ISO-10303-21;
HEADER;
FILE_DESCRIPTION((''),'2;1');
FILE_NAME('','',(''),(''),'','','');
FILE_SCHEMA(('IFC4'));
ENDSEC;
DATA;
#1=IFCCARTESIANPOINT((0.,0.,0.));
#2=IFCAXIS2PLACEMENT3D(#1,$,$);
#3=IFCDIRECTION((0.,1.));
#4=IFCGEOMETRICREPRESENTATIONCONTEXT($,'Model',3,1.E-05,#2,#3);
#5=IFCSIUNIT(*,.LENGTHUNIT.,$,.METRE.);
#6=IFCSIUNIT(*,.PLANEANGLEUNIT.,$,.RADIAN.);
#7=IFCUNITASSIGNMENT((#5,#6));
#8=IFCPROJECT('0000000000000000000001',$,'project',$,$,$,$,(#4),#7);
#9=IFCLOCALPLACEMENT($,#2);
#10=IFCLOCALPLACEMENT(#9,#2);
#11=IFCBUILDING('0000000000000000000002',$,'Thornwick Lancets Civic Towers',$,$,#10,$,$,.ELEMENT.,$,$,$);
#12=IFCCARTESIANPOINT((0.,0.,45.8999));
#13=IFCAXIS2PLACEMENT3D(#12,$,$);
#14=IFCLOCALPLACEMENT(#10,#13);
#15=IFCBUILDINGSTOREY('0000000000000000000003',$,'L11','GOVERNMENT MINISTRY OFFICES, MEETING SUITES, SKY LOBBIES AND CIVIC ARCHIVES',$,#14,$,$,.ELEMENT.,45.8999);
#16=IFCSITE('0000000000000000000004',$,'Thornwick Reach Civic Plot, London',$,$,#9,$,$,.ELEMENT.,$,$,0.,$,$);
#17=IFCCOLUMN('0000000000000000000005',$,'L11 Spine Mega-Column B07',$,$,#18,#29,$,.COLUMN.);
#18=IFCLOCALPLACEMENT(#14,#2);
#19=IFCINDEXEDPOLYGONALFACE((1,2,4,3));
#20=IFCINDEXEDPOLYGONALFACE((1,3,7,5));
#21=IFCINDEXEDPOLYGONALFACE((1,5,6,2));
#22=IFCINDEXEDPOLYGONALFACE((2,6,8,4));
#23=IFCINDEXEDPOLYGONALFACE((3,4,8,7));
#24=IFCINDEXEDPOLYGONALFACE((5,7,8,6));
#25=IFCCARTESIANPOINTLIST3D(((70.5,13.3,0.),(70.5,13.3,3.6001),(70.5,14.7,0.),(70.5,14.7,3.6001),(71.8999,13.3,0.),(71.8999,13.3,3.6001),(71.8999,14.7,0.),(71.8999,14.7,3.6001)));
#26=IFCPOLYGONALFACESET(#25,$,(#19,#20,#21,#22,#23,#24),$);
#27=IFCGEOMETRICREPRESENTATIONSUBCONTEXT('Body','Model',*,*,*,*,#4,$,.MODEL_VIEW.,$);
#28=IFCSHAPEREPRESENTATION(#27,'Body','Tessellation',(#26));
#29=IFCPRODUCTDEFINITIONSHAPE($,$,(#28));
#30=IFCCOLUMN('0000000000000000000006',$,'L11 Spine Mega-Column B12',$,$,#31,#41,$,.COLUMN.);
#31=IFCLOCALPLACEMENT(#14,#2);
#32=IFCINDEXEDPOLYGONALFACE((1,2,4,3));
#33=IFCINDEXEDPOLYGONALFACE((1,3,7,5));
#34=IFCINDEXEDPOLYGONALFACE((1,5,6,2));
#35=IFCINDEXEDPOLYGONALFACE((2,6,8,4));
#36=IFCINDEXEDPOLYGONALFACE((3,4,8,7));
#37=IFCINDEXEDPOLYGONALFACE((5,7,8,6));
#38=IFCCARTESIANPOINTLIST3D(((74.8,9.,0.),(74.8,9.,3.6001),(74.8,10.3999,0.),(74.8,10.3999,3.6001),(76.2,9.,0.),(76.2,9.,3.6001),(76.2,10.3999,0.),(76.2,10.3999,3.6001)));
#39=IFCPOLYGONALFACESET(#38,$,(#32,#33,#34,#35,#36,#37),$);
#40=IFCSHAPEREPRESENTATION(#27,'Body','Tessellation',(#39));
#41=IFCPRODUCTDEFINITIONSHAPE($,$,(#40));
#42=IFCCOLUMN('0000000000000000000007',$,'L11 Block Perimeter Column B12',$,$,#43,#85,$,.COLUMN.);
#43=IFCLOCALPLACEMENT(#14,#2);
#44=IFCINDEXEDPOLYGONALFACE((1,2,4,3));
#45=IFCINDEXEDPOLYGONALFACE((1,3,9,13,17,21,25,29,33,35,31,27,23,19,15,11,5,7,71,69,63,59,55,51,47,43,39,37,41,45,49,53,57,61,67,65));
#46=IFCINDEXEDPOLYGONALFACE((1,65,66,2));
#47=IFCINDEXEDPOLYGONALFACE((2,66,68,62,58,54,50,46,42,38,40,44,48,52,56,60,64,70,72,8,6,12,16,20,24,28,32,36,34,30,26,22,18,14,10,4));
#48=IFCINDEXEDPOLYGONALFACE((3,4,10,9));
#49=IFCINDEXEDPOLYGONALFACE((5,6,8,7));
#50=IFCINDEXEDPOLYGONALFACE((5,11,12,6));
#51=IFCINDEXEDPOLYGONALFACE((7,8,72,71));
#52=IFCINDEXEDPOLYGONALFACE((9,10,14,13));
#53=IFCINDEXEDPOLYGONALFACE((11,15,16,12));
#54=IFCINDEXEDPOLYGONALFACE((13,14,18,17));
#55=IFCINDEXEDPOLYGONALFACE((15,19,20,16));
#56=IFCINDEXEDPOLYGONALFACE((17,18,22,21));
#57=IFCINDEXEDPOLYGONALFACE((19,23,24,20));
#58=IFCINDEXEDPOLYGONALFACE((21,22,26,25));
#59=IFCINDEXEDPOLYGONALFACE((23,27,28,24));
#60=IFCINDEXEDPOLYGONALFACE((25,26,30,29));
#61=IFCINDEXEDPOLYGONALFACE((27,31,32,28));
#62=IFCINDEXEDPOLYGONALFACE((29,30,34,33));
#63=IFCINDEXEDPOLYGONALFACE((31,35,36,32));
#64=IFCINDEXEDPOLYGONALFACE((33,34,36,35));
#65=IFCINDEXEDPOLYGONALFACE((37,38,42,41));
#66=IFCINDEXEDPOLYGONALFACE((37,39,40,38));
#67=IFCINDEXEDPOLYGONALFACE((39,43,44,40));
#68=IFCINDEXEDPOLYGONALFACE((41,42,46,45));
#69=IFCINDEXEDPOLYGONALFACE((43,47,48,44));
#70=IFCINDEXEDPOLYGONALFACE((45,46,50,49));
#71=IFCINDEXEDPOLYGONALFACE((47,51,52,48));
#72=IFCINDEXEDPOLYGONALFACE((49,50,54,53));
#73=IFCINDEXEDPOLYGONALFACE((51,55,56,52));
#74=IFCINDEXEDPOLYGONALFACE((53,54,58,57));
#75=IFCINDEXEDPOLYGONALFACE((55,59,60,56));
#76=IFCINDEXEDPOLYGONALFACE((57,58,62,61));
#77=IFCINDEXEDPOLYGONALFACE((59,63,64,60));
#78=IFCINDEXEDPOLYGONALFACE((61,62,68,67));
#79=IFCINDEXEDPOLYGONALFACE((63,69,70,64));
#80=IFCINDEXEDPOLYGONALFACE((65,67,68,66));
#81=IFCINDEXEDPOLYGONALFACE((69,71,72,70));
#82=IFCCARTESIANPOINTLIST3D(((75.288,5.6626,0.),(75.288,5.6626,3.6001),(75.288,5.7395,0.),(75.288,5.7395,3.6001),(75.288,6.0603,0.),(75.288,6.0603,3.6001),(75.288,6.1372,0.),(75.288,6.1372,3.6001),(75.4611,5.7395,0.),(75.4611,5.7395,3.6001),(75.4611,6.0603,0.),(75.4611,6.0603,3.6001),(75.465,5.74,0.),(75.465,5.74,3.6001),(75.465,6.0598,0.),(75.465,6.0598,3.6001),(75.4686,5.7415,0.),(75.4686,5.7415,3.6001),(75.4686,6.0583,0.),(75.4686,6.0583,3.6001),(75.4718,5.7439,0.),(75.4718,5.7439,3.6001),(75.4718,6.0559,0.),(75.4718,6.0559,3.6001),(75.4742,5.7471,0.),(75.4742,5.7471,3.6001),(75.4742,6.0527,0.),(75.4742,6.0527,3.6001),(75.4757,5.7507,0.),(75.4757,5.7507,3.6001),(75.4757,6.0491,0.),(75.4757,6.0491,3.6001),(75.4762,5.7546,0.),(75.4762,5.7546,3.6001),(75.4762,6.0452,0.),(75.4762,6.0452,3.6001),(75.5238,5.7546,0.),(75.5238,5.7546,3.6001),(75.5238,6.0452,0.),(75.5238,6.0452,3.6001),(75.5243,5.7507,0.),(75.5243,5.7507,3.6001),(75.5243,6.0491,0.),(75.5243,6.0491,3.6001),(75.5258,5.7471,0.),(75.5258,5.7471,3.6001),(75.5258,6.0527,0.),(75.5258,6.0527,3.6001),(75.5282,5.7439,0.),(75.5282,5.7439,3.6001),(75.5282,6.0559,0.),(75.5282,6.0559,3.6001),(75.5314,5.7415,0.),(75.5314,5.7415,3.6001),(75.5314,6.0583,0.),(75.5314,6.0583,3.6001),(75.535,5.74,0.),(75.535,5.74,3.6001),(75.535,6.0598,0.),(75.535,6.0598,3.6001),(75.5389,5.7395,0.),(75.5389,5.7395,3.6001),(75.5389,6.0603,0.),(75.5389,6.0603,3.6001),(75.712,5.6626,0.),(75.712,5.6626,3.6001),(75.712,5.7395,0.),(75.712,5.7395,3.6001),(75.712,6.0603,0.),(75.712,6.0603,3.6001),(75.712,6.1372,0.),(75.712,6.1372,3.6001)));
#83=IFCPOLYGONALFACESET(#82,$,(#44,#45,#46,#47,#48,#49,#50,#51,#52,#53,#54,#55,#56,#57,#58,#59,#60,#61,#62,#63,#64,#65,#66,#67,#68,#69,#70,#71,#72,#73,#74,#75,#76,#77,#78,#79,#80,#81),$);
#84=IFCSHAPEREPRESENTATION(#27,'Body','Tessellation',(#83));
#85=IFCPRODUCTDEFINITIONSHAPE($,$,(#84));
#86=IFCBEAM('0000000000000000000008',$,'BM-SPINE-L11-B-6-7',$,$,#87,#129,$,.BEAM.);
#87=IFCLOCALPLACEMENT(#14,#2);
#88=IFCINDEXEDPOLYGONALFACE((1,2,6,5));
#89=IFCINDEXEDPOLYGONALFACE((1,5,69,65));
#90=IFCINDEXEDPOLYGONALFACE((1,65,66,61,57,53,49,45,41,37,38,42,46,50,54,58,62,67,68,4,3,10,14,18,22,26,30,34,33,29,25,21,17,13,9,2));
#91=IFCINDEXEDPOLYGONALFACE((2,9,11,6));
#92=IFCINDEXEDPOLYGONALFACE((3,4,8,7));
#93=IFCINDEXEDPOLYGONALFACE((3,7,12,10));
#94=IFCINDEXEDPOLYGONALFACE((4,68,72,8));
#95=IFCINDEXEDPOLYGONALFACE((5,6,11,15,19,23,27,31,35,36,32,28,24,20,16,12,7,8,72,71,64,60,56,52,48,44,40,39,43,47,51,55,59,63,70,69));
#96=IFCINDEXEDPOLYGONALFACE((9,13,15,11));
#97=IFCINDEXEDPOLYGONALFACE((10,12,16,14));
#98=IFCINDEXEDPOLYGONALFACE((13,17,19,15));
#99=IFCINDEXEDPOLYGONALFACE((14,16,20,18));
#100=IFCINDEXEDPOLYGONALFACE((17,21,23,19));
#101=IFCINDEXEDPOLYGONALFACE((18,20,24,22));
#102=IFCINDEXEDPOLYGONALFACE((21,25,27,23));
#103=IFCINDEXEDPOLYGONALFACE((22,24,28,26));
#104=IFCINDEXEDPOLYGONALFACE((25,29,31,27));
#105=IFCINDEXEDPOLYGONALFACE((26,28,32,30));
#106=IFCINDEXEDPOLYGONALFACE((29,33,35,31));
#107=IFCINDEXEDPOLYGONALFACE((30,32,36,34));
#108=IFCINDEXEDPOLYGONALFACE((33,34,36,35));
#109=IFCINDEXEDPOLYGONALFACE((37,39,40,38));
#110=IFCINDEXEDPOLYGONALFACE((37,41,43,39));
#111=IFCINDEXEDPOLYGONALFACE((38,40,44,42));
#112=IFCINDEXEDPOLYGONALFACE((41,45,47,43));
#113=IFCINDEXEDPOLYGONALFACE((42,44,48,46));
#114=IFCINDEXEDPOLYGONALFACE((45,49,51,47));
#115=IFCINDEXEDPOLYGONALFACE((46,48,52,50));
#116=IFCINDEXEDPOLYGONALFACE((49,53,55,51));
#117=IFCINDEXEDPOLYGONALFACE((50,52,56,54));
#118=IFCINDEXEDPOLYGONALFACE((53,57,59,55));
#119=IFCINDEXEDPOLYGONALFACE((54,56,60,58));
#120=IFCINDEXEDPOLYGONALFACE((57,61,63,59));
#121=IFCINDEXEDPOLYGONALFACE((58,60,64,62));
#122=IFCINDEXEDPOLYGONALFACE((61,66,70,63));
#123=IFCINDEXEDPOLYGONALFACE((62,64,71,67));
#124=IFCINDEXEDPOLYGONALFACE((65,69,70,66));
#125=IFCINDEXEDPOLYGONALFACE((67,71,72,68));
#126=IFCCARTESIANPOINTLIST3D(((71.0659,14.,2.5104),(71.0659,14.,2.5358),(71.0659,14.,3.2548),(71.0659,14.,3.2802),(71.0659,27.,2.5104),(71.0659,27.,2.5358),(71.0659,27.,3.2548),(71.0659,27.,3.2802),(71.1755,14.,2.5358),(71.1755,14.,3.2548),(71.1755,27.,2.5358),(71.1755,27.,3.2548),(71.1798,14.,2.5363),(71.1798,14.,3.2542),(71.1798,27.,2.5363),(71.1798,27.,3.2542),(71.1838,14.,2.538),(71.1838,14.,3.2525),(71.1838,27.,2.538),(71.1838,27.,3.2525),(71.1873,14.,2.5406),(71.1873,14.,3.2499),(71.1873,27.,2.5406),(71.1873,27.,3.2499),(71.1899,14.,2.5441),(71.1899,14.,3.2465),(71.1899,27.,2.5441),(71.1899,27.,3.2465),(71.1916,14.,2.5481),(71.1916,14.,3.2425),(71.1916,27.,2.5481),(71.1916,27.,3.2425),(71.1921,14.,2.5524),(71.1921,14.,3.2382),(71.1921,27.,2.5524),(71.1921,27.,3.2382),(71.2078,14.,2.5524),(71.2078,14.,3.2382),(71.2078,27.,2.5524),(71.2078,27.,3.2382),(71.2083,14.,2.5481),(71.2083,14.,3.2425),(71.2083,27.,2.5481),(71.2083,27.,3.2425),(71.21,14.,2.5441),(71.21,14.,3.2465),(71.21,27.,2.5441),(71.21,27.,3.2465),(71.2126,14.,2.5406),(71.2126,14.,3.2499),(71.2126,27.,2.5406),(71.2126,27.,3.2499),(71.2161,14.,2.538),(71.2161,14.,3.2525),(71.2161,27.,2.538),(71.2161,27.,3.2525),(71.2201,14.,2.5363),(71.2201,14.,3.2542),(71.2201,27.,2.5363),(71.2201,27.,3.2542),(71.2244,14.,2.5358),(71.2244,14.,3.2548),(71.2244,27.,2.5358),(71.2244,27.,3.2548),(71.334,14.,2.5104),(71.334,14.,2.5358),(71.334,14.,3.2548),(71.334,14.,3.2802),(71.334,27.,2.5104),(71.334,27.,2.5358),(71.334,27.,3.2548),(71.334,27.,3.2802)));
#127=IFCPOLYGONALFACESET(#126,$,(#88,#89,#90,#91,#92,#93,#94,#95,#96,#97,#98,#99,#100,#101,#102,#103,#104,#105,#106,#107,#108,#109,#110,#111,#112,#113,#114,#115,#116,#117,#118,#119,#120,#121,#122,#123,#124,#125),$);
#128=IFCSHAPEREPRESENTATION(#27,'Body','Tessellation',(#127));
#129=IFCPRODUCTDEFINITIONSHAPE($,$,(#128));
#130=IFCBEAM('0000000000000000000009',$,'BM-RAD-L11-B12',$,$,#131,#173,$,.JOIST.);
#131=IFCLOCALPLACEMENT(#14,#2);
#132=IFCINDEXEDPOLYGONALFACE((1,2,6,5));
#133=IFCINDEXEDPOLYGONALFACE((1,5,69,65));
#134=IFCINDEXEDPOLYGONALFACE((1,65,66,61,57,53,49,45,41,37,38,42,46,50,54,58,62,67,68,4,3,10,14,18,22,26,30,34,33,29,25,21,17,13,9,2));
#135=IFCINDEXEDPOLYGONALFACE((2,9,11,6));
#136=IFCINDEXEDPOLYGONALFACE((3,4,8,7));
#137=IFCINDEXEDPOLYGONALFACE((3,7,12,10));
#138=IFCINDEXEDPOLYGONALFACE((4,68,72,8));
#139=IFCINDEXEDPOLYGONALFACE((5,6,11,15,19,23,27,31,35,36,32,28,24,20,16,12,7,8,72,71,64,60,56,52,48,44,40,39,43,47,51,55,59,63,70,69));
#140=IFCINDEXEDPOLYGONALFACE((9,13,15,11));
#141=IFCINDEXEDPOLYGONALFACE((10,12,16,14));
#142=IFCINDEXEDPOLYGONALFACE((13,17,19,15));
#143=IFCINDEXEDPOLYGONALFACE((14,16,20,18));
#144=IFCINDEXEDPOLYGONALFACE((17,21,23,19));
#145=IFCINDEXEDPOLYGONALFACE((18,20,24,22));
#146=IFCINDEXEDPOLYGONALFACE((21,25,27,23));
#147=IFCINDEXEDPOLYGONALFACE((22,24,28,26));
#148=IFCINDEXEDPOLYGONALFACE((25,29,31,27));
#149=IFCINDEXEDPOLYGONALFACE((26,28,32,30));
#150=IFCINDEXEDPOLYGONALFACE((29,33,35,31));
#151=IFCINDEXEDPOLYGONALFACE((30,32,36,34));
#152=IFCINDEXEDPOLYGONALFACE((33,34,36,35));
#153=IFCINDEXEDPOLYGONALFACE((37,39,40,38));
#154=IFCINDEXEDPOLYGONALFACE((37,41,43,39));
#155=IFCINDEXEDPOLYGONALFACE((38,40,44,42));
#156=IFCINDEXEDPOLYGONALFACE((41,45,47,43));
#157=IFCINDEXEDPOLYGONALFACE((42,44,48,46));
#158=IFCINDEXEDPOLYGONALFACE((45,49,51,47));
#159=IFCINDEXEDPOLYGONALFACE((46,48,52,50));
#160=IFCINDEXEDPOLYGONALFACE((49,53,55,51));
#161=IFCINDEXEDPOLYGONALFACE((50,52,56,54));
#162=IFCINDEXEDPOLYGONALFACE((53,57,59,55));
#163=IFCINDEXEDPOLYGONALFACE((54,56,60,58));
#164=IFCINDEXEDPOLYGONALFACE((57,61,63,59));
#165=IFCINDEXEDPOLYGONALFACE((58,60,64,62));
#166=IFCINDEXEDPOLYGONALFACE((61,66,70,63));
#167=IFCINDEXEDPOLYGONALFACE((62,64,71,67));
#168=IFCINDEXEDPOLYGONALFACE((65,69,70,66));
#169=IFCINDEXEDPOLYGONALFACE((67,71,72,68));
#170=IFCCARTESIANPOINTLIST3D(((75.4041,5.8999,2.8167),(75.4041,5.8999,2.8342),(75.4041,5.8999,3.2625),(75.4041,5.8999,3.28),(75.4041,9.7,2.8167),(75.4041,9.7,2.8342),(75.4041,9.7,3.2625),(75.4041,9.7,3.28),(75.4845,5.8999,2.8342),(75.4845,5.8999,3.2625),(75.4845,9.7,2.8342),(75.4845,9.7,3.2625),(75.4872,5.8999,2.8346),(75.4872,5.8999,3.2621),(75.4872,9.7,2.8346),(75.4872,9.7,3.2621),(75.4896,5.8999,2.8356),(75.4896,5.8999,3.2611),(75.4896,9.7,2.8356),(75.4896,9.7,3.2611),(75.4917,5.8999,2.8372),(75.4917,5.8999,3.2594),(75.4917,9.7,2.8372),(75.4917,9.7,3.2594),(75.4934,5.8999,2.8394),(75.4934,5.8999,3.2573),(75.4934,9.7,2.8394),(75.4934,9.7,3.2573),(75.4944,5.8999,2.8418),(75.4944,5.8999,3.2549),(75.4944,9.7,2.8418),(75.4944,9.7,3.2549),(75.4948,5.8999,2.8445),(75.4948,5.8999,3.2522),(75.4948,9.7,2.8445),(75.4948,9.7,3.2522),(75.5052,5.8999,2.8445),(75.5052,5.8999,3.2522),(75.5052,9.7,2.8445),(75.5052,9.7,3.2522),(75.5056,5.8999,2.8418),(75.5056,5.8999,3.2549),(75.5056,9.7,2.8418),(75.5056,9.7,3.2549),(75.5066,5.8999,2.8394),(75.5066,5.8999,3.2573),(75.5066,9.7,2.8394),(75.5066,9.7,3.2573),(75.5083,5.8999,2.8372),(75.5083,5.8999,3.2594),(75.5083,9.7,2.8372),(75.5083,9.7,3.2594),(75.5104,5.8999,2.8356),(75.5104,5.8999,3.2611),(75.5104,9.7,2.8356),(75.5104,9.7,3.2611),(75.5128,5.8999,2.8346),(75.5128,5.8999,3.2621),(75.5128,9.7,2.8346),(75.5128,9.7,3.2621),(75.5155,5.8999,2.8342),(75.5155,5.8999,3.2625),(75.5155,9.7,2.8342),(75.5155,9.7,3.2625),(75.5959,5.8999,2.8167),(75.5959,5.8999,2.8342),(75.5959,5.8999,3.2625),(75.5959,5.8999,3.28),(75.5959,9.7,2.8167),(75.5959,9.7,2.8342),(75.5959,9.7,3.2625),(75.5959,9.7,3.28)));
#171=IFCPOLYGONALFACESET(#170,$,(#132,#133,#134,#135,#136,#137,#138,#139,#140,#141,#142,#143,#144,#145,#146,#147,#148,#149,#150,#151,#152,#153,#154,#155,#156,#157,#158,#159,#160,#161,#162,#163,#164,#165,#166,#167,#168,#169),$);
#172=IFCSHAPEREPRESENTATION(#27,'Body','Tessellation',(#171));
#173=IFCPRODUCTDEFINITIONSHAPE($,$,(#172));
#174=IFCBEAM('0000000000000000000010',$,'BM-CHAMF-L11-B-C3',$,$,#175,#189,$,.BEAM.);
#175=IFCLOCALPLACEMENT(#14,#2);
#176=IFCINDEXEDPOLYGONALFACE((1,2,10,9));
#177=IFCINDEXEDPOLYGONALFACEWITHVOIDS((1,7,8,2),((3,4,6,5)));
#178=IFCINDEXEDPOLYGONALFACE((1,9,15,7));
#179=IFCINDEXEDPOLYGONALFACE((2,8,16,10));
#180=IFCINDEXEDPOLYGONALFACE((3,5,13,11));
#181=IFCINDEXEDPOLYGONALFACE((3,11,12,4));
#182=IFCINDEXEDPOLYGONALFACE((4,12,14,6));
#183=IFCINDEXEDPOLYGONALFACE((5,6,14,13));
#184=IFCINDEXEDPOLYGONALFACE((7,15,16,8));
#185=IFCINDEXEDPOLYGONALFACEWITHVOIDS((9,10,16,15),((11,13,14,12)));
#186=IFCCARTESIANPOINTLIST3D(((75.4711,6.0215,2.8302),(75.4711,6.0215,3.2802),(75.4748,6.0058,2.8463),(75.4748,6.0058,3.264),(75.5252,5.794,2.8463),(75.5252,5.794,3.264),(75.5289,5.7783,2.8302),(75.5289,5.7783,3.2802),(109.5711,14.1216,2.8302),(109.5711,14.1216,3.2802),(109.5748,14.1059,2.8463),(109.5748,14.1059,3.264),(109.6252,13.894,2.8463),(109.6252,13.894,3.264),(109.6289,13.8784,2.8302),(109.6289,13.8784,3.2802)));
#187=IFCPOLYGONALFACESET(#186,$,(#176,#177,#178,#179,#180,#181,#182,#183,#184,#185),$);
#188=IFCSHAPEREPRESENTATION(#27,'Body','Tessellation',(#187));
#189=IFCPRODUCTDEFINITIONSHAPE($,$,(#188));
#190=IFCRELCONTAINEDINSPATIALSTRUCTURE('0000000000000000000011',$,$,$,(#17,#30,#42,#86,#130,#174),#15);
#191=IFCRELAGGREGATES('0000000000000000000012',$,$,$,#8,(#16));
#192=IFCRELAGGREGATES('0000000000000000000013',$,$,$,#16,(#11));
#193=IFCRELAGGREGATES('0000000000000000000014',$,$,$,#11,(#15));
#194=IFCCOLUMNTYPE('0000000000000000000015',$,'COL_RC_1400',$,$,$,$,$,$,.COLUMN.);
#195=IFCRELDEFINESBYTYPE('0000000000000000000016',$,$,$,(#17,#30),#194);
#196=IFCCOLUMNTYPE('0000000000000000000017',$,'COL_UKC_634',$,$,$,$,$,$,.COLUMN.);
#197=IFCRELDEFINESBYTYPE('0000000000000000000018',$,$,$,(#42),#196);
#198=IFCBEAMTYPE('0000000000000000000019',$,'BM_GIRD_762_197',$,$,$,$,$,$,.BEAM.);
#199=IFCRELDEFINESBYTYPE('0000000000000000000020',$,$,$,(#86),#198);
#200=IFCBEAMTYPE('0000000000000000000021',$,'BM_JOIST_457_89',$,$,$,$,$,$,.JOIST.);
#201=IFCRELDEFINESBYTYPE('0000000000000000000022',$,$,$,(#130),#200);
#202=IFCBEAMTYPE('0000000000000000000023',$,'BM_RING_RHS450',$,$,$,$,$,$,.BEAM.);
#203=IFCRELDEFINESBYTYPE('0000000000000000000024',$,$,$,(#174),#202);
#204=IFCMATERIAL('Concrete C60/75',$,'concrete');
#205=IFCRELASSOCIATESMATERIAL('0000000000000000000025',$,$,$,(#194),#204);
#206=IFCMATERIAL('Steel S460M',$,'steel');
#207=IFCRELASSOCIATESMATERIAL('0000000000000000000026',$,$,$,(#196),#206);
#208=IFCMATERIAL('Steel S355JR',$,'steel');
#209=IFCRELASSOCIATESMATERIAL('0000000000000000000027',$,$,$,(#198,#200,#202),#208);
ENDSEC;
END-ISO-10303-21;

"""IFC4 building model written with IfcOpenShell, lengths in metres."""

from ifc_helpers import new_model, si_unit, direction, frame, origin, origin_2d, place, context, subcontext, project, spatial, rectangle, hollow_rectangle, i_section, extrude, material, material_profile, profile_set, type_object, element, save


model = new_model("IFC4")

# Units and contexts
model_context = context("Model", 3, precision=1e-05, world=origin(), true_north=direction((0.0, 1.0)))
body_context = subcontext(model_context, "Body", "Model", "MODEL_VIEW")
ifc_project = project(units=[si_unit("LENGTHUNIT", "METRE"), si_unit("PLANEANGLEUNIT", "RADIAN")], contexts=[model_context])

# Site, building, storey
site_placement = place(None, origin())
site = spatial("IfcSite", under=ifc_project, at=site_placement, Name="Thornwick Reach Civic Plot, London", CompositionType="ELEMENT", RefElevation=0.0)
building_placement = place(site_placement, origin())
building = spatial("IfcBuilding", under=site, at=building_placement, Name="Thornwick Lancets Civic Towers", CompositionType="ELEMENT")
storey_placement = place(building_placement, frame((0.0, 0.0, 45.8999)))
storey = spatial("IfcBuildingStorey", under=building, at=storey_placement, Name="L11", Description="GOVERNMENT MINISTRY OFFICES, MEETING SUITES, SKY LOBBIES AND CIVIC ARCHIVES", CompositionType="ELEMENT", Elevation=45.8999)

# Columns
ifc_material_1 = material(Name="Concrete C60/75", Category="concrete")
ifc_material_profile_1 = material_profile(ifc_material_1, rectangle(XDim=1.3999, YDim=1.3999, at=origin_2d()), Name="RC 1400x1400")
ifc_profile_set_1 = profile_set([ifc_material_profile_1], Name="Concrete C60/75")
column_type_1 = type_object("IfcColumnType", Name="COL_RC_1400", PredefinedType="COLUMN", material=ifc_profile_set_1)
for number, where, z_axis, x_axis, name in (
    (1, (71.2, 14.0, 0.0), (0.0, 0.0, 1.0), (1.0, 0.0, 0.0), "L11 Spine Mega-Column B07"),
    (2, (75.5, 9.7, 0.0), (0.0, 0.0, 1.0), (1.0, 0.0, 0.0), "L11 Spine Mega-Column B12"),
):
    element("IfcColumn", number, at=place(storey_placement, frame(where, z_axis=z_axis, x_axis=x_axis)), inside=storey, type_object=column_type_1, Name=name, PredefinedType="COLUMN", context=body_context, shape_type="SweptSolid", body=[
        extrude(rectangle(XDim=1.3999, YDim=1.3999, at=origin_2d()), origin(), (0.0, 0.0, 1.0), 3.6001),
    ])
ifc_material_2 = material(Name="Steel S460M", Category="steel")
ifc_material_profile_2 = material_profile(ifc_material_2, i_section(OverallWidth=0.4241, OverallDepth=0.4746, WebThickness=0.0476, FlangeThickness=0.0769, FilletRadius=0.0151, at=origin_2d()), Name="UKC 356x406x634")
ifc_profile_set_2 = profile_set([ifc_material_profile_2], Name="Steel S460M")
column_type_2 = type_object("IfcColumnType", Name="COL_UKC_634", PredefinedType="COLUMN", material=ifc_profile_set_2)
column_placement = place(storey_placement, frame((75.5, 5.8999, 0.0), z_axis=(0.0, 0.0, 1.0), x_axis=(1.0, 0.0, 0.0)))
element("IfcColumn", 3, at=column_placement, inside=storey, type_object=column_type_2, Name="L11 Block Perimeter Column B12", PredefinedType="COLUMN", context=body_context, shape_type="SweptSolid", body=[
    extrude(i_section(OverallWidth=0.4241, OverallDepth=0.4746, WebThickness=0.0476, FlangeThickness=0.0769, FilletRadius=0.0151, at=origin_2d()), origin(), (0.0, 0.0, 1.0), 3.6001),
])

# Beams
ifc_material_3 = material(Name="Steel S355JR", Category="steel")
ifc_material_profile_3 = material_profile(ifc_material_3, i_section(OverallWidth=0.2681, OverallDepth=0.7698, WebThickness=0.0156, FlangeThickness=0.0254, FilletRadius=0.0166, at=origin_2d()), Name="UKB 762x267x197")
ifc_profile_set_3 = profile_set([ifc_material_profile_3], Name="Steel S355JR")
beam_type_1 = type_object("IfcBeamType", Name="BM_GIRD_762_197", PredefinedType="BEAM", material=ifc_profile_set_3)
beam_1_placement = place(storey_placement, frame((71.2, 14.0, 2.8953), z_axis=(0.0, 1.0, 0.0), x_axis=(-1.0, 0.0, 0.0)))
element("IfcBeam", 4, at=beam_1_placement, inside=storey, type_object=beam_type_1, Name="BM-SPINE-L11-B-6-7", PredefinedType="BEAM", context=body_context, shape_type="SweptSolid", body=[
    extrude(i_section(OverallWidth=0.2681, OverallDepth=0.7698, WebThickness=0.0156, FlangeThickness=0.0254, FilletRadius=0.0166, at=origin_2d()), origin(), (0.0, 0.0, 1.0), 13.0),
])
ifc_material_profile_4 = material_profile(ifc_material_3, i_section(OverallWidth=0.1919, OverallDepth=0.4634, WebThickness=0.0105, FlangeThickness=0.0176, FilletRadius=0.0103, at=origin_2d()), Name="UKB 457x191x89")
ifc_profile_set_4 = profile_set([ifc_material_profile_4], Name="Steel S355JR")
beam_type_2 = type_object("IfcBeamType", Name="BM_JOIST_457_89", PredefinedType="JOIST", material=ifc_profile_set_4)
beam_2_placement = place(storey_placement, frame((75.5, 9.7, 3.0483), z_axis=(0.0, -1.0, 0.0), x_axis=(1.0, 0.0, 0.0)))
element("IfcBeam", 5, at=beam_2_placement, inside=storey, type_object=beam_type_2, Name="BM-RAD-L11-B12", PredefinedType="JOIST", context=body_context, shape_type="SweptSolid", body=[
    extrude(i_section(OverallWidth=0.1919, OverallDepth=0.4634, WebThickness=0.0105, FlangeThickness=0.0176, FilletRadius=0.0103, at=origin_2d()), origin(), (0.0, 0.0, 1.0), 3.8),
])
ifc_material_profile_5 = material_profile(ifc_material_3, hollow_rectangle(XDim=0.25, YDim=0.45, WallThickness=0.0161, at=origin_2d()), Name="RHS 450x250x16")
ifc_profile_set_5 = profile_set([ifc_material_profile_5], Name="Steel S355JR")
beam_type_3 = type_object("IfcBeamType", Name="BM_RING_RHS450", PredefinedType="BEAM", material=ifc_profile_set_5)
beam_3_placement = place(storey_placement, frame((75.5, 5.8999, 3.0552), z_axis=(0.972928, 0.231108, 0.0), x_axis=(-0.231108, 0.972928, 0.0)))
element("IfcBeam", 6, at=beam_3_placement, inside=storey, type_object=beam_type_3, Name="BM-CHAMF-L11-B-C3", PredefinedType="BEAM", context=body_context, shape_type="SweptSolid", body=[
    extrude(hollow_rectangle(XDim=0.25, YDim=0.45, WallThickness=0.0161, at=origin_2d()), origin(), (0.0, 0.0, 1.0), 35.0488),
])

save(model, "model.ifc")
